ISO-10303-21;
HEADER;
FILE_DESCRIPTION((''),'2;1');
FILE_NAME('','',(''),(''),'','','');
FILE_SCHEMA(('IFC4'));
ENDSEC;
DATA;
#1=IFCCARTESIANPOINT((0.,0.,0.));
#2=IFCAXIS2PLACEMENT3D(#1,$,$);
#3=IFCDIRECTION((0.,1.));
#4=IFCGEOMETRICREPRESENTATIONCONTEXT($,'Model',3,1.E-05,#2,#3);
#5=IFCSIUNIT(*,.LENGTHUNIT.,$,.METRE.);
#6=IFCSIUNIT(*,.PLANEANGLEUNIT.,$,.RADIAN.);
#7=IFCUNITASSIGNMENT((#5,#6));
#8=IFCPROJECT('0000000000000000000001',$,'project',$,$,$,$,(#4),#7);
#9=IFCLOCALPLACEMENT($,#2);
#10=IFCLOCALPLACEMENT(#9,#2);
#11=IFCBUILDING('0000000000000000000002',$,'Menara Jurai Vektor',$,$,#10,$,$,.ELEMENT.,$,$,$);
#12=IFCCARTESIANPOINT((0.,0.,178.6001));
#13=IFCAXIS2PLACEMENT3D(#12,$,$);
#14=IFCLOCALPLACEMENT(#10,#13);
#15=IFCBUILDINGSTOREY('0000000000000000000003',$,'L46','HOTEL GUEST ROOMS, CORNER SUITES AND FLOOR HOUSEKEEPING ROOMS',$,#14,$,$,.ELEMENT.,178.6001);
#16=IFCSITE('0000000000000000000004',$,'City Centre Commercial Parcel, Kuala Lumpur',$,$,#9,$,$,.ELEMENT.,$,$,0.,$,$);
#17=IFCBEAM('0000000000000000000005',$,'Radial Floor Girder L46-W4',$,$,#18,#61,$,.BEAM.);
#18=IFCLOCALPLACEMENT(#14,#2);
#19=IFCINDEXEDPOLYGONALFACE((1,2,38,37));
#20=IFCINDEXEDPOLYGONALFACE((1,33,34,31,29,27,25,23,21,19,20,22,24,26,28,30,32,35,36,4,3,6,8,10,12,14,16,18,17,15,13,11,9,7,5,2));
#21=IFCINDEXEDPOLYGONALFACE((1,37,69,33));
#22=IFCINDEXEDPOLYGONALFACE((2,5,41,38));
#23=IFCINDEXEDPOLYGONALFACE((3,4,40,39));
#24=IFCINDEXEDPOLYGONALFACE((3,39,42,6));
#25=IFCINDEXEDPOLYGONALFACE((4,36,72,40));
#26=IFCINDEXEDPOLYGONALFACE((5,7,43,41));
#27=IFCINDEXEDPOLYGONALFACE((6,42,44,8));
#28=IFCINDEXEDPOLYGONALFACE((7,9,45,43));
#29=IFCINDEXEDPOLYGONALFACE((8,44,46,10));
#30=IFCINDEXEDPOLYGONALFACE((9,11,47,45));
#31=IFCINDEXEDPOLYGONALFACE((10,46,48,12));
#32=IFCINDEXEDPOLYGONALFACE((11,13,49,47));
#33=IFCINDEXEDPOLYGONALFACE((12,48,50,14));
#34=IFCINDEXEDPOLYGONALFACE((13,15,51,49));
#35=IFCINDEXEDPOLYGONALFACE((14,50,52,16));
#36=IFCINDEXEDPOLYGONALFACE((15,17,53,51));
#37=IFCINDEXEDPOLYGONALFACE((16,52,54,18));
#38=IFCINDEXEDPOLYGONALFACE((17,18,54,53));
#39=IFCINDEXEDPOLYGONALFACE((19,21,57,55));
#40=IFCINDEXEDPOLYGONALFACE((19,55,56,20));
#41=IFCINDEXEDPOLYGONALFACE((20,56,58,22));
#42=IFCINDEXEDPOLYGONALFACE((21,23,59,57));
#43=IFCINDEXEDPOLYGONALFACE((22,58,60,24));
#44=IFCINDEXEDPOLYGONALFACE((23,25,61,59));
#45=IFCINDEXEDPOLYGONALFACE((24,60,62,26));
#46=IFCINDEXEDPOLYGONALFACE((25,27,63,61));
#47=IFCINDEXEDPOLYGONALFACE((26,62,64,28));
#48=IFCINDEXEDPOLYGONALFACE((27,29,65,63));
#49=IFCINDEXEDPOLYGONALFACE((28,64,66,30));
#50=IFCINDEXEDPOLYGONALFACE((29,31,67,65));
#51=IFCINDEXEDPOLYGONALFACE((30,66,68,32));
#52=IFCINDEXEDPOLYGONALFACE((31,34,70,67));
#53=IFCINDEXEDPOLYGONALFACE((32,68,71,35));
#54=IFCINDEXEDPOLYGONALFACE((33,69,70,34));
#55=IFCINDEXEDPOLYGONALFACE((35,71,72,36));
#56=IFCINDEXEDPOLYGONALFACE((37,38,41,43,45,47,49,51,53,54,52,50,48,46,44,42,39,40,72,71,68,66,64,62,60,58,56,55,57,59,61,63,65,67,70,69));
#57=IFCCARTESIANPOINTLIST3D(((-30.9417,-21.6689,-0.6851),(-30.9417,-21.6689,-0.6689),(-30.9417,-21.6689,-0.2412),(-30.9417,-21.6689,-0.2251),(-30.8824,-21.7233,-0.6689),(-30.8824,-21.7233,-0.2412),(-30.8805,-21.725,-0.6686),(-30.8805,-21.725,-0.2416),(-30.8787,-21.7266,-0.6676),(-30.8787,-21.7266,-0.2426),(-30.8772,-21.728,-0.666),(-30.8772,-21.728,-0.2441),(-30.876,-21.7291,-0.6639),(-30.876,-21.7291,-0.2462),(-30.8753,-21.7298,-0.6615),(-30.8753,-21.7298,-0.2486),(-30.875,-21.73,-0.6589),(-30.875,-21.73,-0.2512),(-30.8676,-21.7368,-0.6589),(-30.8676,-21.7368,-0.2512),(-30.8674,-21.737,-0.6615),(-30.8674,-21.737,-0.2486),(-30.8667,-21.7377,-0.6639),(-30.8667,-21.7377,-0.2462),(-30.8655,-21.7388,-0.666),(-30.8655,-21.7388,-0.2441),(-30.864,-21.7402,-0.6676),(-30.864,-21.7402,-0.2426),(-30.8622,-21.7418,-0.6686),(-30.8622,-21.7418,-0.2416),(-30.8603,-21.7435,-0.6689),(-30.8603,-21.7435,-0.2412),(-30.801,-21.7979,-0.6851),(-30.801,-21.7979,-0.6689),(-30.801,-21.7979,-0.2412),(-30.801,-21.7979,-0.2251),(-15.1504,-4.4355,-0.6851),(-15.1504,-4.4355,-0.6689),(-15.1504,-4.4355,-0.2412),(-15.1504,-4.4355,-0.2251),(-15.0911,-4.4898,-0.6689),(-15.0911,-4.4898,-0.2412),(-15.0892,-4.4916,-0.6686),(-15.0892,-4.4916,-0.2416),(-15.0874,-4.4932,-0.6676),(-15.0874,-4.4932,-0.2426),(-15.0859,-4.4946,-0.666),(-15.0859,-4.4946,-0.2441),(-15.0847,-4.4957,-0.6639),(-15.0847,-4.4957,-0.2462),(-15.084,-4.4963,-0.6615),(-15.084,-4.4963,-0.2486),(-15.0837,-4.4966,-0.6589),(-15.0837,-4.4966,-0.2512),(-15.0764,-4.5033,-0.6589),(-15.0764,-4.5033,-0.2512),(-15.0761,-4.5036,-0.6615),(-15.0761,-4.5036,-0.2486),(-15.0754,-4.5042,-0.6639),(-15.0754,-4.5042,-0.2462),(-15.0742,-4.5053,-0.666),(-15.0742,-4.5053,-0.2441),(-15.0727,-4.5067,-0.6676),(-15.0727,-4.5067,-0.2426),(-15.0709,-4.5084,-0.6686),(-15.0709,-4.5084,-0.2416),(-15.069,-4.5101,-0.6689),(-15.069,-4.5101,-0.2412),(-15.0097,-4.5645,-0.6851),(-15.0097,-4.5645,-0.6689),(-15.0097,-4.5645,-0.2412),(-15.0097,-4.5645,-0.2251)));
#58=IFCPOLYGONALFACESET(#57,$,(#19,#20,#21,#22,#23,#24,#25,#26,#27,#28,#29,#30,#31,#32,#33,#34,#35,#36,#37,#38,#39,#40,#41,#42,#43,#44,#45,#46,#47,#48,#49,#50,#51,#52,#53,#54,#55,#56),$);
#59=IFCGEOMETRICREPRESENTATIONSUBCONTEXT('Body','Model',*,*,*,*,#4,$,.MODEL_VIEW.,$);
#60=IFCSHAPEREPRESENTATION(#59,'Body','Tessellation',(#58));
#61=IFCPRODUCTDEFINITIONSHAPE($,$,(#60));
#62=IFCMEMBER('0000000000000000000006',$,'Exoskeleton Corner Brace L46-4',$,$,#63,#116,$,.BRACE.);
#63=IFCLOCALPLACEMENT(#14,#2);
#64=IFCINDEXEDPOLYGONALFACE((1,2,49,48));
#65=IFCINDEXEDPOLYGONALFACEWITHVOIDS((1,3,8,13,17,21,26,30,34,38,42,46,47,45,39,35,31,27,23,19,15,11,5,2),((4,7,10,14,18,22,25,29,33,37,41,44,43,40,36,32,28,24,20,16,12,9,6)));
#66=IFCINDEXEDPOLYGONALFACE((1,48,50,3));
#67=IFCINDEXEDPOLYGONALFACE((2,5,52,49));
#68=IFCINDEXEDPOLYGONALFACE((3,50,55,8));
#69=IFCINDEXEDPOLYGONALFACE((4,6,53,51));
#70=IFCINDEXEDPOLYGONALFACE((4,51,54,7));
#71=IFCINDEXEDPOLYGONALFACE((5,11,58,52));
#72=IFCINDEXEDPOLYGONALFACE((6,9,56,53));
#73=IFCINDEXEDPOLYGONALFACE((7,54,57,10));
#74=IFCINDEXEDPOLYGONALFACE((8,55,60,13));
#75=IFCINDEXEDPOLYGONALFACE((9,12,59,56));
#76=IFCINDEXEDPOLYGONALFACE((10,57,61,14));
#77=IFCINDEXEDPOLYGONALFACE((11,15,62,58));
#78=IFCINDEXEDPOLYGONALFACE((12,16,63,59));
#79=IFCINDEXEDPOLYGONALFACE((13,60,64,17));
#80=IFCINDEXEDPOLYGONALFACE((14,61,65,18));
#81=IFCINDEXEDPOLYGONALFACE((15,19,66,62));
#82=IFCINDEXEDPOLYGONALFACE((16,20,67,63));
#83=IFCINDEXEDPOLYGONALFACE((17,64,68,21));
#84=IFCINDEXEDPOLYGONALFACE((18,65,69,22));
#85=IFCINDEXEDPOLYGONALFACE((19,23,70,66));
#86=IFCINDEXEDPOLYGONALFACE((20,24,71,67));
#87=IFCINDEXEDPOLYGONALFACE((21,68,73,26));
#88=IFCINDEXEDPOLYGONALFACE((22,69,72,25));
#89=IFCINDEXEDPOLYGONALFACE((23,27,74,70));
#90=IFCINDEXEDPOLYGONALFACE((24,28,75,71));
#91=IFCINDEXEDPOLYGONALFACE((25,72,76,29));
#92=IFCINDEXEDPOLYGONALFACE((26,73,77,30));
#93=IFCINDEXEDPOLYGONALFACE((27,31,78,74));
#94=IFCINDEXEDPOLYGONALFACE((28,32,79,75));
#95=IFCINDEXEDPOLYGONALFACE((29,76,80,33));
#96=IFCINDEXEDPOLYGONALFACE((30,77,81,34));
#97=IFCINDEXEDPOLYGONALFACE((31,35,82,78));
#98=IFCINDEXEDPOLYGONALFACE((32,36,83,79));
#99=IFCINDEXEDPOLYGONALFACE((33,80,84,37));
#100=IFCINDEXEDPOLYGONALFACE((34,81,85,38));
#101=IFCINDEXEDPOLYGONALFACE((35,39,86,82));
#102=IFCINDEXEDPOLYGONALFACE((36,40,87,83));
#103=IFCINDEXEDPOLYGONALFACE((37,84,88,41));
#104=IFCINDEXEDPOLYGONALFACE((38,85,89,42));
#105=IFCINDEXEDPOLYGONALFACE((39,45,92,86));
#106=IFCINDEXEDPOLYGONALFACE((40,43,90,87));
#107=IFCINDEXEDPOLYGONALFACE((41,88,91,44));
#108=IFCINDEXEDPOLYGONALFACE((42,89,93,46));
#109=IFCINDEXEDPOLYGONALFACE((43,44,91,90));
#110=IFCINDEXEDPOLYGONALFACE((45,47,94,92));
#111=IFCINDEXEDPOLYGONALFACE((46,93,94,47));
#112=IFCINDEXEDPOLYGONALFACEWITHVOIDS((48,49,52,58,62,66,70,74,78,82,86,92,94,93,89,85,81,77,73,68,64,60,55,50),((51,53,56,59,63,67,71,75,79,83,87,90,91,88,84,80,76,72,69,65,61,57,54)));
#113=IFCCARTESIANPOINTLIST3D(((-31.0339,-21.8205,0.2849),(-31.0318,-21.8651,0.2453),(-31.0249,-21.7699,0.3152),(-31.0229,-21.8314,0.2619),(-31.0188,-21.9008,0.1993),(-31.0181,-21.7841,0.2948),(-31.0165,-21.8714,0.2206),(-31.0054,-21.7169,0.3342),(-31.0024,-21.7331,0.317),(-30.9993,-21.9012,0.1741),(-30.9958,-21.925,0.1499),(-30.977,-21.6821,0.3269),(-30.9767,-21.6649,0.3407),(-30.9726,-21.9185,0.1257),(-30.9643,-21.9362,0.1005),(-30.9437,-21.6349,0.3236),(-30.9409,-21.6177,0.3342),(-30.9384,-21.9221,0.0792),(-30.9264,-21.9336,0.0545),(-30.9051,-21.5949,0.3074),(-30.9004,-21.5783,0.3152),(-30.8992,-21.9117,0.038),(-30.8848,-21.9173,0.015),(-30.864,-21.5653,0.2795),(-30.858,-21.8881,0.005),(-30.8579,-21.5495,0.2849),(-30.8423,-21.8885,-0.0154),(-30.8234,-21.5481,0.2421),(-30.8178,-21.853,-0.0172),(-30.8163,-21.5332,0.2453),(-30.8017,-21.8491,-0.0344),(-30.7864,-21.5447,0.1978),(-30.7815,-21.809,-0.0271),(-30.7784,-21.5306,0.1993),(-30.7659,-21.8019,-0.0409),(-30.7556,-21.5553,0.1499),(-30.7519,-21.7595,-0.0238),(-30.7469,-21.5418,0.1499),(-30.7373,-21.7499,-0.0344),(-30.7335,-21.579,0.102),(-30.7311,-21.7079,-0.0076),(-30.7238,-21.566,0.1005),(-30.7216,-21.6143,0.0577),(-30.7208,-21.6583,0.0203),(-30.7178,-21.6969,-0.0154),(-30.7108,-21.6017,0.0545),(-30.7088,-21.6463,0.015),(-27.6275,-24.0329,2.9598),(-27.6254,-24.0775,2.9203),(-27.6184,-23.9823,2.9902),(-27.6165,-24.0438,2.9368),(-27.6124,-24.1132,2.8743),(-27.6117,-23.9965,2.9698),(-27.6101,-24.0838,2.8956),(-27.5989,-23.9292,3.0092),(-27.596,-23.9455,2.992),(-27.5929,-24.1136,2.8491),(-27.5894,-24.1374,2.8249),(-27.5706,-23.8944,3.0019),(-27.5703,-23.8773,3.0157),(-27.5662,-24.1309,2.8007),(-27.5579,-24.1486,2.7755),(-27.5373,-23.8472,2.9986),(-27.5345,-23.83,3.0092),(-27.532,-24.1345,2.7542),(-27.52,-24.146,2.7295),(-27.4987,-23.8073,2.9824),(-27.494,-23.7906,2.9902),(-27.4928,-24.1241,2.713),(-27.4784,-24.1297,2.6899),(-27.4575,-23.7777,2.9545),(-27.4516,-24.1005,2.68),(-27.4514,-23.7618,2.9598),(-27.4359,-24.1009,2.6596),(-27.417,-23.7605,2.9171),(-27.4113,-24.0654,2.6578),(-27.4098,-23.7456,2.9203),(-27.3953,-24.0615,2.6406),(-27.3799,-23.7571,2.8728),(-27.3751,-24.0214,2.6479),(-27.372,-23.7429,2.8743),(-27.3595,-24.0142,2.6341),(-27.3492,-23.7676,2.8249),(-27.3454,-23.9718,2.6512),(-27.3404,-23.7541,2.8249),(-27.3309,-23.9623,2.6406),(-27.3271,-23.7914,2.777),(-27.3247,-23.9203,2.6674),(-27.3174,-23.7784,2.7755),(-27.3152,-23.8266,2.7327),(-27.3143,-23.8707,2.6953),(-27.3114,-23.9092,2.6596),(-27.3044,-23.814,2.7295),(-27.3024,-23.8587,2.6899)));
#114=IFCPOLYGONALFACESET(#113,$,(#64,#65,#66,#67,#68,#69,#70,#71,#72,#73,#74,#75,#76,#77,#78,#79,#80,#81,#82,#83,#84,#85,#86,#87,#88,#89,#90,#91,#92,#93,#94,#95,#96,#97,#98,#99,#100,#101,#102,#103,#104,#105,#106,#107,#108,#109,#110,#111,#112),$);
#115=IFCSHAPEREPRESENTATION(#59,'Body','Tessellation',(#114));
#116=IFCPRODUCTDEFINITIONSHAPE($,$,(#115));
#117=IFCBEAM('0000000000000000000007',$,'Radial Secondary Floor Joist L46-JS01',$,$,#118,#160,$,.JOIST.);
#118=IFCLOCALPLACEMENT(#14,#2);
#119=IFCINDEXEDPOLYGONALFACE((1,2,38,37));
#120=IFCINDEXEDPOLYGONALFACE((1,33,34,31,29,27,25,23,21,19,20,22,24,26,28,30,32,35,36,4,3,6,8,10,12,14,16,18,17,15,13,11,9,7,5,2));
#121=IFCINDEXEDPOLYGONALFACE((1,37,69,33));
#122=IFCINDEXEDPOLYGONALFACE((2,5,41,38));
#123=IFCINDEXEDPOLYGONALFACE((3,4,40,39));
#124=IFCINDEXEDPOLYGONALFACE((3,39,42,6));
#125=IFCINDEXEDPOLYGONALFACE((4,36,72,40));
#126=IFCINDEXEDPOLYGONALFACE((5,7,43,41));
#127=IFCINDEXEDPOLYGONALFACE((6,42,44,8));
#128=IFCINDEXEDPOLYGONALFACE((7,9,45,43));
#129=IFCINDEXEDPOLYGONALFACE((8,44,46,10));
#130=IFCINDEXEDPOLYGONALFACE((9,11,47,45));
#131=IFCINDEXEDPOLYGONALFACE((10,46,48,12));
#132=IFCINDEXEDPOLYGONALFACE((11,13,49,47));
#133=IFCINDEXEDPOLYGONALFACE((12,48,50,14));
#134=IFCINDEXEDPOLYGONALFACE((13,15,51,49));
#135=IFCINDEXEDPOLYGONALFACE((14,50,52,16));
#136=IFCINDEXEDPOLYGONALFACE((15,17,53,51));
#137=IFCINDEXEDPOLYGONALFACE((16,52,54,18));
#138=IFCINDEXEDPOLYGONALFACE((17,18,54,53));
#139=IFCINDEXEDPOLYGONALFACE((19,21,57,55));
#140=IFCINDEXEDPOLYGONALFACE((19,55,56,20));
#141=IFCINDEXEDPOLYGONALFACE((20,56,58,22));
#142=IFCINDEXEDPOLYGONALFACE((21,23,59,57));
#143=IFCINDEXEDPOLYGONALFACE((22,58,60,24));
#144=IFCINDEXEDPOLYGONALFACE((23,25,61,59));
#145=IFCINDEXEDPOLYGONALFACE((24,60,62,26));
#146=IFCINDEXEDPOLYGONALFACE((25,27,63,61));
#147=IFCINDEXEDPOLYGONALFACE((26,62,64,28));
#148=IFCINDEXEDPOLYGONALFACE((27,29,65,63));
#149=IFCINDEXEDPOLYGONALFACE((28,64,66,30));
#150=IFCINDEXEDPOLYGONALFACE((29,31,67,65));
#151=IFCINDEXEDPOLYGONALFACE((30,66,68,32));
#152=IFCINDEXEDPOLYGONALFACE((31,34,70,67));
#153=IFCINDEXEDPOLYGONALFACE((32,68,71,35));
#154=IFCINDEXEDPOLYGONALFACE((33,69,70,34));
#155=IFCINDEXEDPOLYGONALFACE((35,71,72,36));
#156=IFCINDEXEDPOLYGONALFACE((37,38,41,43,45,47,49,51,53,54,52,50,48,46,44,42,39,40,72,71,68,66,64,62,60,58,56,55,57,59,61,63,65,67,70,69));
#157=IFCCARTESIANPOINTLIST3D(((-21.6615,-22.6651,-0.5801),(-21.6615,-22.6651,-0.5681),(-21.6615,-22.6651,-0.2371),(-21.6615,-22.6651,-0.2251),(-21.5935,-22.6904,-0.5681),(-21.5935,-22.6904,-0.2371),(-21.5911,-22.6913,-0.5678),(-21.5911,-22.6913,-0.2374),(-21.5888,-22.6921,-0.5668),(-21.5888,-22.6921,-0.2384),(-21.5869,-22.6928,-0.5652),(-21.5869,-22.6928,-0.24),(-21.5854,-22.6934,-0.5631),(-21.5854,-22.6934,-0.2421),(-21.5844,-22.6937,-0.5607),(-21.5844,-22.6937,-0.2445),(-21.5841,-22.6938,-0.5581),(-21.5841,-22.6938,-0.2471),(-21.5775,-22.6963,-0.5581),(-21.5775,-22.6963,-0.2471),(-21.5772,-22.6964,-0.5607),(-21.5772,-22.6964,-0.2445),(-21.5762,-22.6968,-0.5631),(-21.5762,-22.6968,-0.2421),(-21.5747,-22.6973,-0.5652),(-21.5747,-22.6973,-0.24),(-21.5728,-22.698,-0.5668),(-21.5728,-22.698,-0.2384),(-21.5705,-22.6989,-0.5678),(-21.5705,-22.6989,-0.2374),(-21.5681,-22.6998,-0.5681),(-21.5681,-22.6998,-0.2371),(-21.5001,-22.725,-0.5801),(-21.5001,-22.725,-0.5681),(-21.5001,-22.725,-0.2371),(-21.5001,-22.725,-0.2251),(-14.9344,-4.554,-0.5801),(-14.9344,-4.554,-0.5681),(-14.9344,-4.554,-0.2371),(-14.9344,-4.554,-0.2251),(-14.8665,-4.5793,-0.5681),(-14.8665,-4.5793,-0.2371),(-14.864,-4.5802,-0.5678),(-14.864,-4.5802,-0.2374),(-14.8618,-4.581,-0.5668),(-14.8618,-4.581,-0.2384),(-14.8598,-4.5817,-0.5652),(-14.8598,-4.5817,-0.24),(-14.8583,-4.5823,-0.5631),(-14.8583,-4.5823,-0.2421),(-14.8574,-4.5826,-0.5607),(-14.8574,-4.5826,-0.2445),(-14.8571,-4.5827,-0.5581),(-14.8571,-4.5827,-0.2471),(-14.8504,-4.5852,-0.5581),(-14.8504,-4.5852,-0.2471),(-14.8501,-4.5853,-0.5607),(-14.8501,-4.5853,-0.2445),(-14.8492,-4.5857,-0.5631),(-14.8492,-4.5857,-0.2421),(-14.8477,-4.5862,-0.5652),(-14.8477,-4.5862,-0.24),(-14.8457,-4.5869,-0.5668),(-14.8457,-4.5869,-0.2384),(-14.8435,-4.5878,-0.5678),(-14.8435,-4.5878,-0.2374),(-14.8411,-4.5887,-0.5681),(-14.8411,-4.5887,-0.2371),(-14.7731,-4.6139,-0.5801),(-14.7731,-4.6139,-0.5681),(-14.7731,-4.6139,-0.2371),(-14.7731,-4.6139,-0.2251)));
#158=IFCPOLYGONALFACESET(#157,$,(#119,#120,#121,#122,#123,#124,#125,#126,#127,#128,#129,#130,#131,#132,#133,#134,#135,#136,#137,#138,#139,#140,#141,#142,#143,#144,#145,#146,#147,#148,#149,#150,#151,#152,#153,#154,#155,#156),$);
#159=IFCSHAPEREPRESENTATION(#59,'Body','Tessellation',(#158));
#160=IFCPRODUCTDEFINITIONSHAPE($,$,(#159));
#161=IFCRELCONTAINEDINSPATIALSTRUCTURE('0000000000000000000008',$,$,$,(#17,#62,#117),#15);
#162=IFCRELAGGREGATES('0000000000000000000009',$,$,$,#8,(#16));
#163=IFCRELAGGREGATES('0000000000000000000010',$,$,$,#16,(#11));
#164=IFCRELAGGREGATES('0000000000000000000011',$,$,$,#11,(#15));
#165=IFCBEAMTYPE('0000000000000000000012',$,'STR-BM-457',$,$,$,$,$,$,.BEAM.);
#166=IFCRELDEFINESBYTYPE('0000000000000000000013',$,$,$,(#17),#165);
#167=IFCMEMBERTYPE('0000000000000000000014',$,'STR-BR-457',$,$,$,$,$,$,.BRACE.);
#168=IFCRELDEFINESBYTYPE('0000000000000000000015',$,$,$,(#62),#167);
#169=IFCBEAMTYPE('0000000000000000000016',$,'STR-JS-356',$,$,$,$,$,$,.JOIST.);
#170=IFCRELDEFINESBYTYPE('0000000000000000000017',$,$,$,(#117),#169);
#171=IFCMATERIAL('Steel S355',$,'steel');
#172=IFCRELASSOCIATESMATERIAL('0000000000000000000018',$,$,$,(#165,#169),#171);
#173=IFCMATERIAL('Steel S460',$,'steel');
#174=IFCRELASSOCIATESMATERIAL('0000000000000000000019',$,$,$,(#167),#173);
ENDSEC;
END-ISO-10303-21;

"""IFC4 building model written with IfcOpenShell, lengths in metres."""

from ifc_helpers import new_model, si_unit, direction, frame, origin, origin_2d, place, context, subcontext, project, spatial, hollow_circle, i_section, extrude, material, material_profile, profile_set, type_object, element, save


model = new_model("IFC4")

# Units and contexts
model_context = context("Model", 3, precision=1e-05, world=origin(), true_north=direction((0.0, 1.0)))
body_context = subcontext(model_context, "Body", "Model", "MODEL_VIEW")
ifc_project = project(units=[si_unit("LENGTHUNIT", "METRE"), si_unit("PLANEANGLEUNIT", "RADIAN")], contexts=[model_context])

# Site, building, storey
site_placement = place(None, origin())
site = spatial("IfcSite", under=ifc_project, at=site_placement, Name="City Centre Commercial Parcel, Kuala Lumpur", CompositionType="ELEMENT", RefElevation=0.0)
building_placement = place(site_placement, origin())
building = spatial("IfcBuilding", under=site, at=building_placement, Name="Menara Jurai Vektor", CompositionType="ELEMENT")
storey_placement = place(building_placement, frame((0.0, 0.0, 178.6001)))
storey = spatial("IfcBuildingStorey", under=building, at=storey_placement, Name="L46", Description="HOTEL GUEST ROOMS, CORNER SUITES AND FLOOR HOUSEKEEPING ROOMS", CompositionType="ELEMENT", Elevation=178.6001)

# Shared definitions
ifc_material_1 = material(Name="Steel S460", Category="steel")

# Beam
ifc_material_2 = material(Name="Steel S355", Category="steel")
ifc_material_profile_1 = material_profile(ifc_material_2, i_section(OverallWidth=0.1909, OverallDepth=0.46, WebThickness=0.01, FlangeThickness=0.0161, FilletRadius=0.01, at=origin_2d()), Name="UKB 457x191x82")
ifc_profile_set_1 = profile_set([ifc_material_profile_1], Name="Steel S355")
beam_type_1 = type_object("IfcBeamType", Name="STR-BM-457", PredefinedType="BEAM", material=ifc_profile_set_1)
beam_1_placement = place(storey_placement, frame((-30.8713, -21.7334, -0.4551), z_axis=(0.675585, 0.737282, 0.0), x_axis=(-0.737282, 0.675585, 0.0)))
element("IfcBeam", 1, at=beam_1_placement, inside=storey, type_object=beam_type_1, Name="Radial Floor Girder L46-W4", PredefinedType="BEAM", context=body_context, shape_type="SweptSolid", body=[
    extrude(i_section(OverallWidth=0.1909, OverallDepth=0.46, WebThickness=0.01, FlangeThickness=0.0161, FilletRadius=0.01, at=origin_2d()), origin(), (0.0, 0.0, 1.0), 23.3743),
])

# Member
ifc_material_profile_2 = material_profile(ifc_material_1, hollow_circle(Radius=0.2285, WallThickness=0.0161, at=origin_2d()), Name="CHS 457x16")
ifc_profile_set_2 = profile_set([ifc_material_profile_2], Name="Steel S460")
member_type_1 = type_object("IfcMemberType", Name="STR-BR-457", PredefinedType="BRACE", material=ifc_profile_set_2)
member_1_placement = place(storey_placement, frame((-30.8713, -21.7334, 0.1499), z_axis=(0.700403, -0.454888, 0.550012), x_axis=(0.544674, 0.838648, 0.0)))
element("IfcMember", 2, at=member_1_placement, inside=storey, type_object=member_type_1, Name="Exoskeleton Corner Brace L46-4", PredefinedType="BRACE", context=body_context, shape_type="SweptSolid", body=[
    extrude(hollow_circle(Radius=0.2285, WallThickness=0.0161, at=origin_2d()), origin(), (0.0, 0.0, 1.0), 4.8635),
])

# Beam
ifc_material_profile_3 = material_profile(ifc_material_2, i_section(OverallWidth=0.1721, OverallDepth=0.355, WebThickness=0.0071, FlangeThickness=0.012, FilletRadius=0.01, at=origin_2d()), Name="UKB 356x171x51")
ifc_profile_set_3 = profile_set([ifc_material_profile_3], Name="Steel S355")
beam_type_2 = type_object("IfcBeamType", Name="STR-JS-356", PredefinedType="JOIST", material=ifc_profile_set_3)
beam_2_placement = place(storey_placement, frame((-21.5808, -22.6951, -0.4026), z_axis=(0.34819, 0.937424, 0.0), x_axis=(-0.937424, 0.34819, 0.0)))
element("IfcBeam", 3, at=beam_2_placement, inside=storey, type_object=beam_type_2, Name="Radial Secondary Floor Joist L46-JS01", PredefinedType="JOIST", context=body_context, shape_type="SweptSolid", body=[
    extrude(i_section(OverallWidth=0.1721, OverallDepth=0.355, WebThickness=0.0071, FlangeThickness=0.012, FilletRadius=0.01, at=origin_2d()), origin(), (0.0, 0.0, 1.0), 19.3201),
])

save(model, "model.ifc")
